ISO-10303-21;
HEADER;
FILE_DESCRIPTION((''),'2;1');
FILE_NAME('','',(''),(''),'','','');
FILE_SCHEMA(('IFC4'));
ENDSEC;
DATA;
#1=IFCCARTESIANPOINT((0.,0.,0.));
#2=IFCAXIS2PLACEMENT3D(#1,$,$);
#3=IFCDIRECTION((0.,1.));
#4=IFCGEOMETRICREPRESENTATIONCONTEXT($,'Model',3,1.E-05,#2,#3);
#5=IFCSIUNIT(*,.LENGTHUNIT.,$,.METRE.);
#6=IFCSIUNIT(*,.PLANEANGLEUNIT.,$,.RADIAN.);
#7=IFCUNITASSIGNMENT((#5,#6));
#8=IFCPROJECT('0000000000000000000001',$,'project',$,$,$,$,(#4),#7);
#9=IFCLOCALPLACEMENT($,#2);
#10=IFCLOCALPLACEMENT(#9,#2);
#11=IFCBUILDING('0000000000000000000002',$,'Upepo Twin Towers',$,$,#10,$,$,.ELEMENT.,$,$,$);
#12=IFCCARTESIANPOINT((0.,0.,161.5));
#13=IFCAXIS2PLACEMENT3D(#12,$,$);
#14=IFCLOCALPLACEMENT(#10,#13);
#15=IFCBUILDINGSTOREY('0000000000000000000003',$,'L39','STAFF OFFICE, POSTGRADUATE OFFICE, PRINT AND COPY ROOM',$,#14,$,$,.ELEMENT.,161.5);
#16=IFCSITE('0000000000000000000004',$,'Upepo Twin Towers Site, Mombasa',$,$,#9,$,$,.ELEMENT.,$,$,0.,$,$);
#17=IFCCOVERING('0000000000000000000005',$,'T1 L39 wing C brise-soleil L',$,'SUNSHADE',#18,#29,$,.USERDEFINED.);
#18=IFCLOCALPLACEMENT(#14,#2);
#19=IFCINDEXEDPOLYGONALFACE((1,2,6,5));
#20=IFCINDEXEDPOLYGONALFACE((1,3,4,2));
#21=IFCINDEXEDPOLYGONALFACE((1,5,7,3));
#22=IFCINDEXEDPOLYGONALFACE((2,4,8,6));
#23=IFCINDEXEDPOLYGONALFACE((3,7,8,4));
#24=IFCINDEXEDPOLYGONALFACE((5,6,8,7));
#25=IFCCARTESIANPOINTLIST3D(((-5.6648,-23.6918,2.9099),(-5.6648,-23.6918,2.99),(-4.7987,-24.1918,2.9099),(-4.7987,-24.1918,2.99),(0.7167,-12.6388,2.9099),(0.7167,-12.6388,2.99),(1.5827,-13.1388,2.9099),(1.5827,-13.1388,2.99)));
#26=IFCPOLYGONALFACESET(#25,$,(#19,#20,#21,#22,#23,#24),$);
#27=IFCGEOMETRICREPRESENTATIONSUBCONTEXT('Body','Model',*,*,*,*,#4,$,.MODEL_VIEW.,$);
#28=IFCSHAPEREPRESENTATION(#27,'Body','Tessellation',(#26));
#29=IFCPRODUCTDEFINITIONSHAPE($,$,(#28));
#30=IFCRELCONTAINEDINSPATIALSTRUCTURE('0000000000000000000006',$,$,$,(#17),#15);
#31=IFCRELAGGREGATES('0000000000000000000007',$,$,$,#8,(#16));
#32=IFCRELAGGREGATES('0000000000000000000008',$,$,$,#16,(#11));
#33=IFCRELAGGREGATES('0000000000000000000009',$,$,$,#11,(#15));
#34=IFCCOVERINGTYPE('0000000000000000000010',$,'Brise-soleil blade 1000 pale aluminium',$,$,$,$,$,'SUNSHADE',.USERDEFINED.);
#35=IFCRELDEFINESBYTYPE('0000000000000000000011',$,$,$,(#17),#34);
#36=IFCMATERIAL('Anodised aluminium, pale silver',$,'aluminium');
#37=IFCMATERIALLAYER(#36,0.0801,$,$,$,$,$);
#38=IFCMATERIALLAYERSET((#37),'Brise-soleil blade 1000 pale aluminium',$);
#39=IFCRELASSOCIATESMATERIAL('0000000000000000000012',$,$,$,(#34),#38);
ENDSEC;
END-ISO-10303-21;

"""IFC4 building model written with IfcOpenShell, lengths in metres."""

from ifc_helpers import new_model, si_unit, direction, frame, origin, origin_2d, place, context, subcontext, project, spatial, rectangle, extrude, material, layer, layer_set, type_object, element, save


model = new_model("IFC4")

# Units and contexts
model_context = context("Model", 3, precision=1e-05, world=origin(), true_north=direction((0.0, 1.0)))
body_context = subcontext(model_context, "Body", "Model", "MODEL_VIEW")
ifc_project = project(units=[si_unit("LENGTHUNIT", "METRE"), si_unit("PLANEANGLEUNIT", "RADIAN")], contexts=[model_context])

# Site, building, storey
site_placement = place(None, origin())
site = spatial("IfcSite", under=ifc_project, at=site_placement, Name="Upepo Twin Towers Site, Mombasa", CompositionType="ELEMENT", RefElevation=0.0)
building_placement = place(site_placement, origin())
building = spatial("IfcBuilding", under=site, at=building_placement, Name="Upepo Twin Towers", CompositionType="ELEMENT")
storey_placement = place(building_placement, frame((0.0, 0.0, 161.5)))
storey = spatial("IfcBuildingStorey", under=building, at=storey_placement, Name="L39", Description="STAFF OFFICE, POSTGRADUATE OFFICE, PRINT AND COPY ROOM", CompositionType="ELEMENT", Elevation=161.5)

# Covering
ifc_material_1 = material(Name="Anodised aluminium, pale silver", Category="aluminium")
ifc_layer_1 = layer(ifc_material_1, 0.0801)
ifc_layer_set_1 = layer_set([ifc_layer_1], Name="Brise-soleil blade 1000 pale aluminium")
covering_type = type_object("IfcCoveringType", Name="Brise-soleil blade 1000 pale aluminium", ElementType="SUNSHADE", PredefinedType="USERDEFINED", material=ifc_layer_set_1)
covering_placement = place(storey_placement, frame((-2.041, -18.4153, 2.9099), z_axis=(0.0, 0.0, 1.0), x_axis=(-0.5, -0.866025, 0.0)))
element("IfcCovering", 1, at=covering_placement, inside=storey, type_object=covering_type, Name="T1 L39 wing C brise-soleil L", ObjectType="SUNSHADE", PredefinedType="USERDEFINED", context=body_context, shape_type="SweptSolid", body=[
    extrude(rectangle(XDim=12.7629, YDim=1.0, at=origin_2d()), origin(), (0.0, 0.0, 1.0), 0.0801),
])

save(model, "model.ifc")
